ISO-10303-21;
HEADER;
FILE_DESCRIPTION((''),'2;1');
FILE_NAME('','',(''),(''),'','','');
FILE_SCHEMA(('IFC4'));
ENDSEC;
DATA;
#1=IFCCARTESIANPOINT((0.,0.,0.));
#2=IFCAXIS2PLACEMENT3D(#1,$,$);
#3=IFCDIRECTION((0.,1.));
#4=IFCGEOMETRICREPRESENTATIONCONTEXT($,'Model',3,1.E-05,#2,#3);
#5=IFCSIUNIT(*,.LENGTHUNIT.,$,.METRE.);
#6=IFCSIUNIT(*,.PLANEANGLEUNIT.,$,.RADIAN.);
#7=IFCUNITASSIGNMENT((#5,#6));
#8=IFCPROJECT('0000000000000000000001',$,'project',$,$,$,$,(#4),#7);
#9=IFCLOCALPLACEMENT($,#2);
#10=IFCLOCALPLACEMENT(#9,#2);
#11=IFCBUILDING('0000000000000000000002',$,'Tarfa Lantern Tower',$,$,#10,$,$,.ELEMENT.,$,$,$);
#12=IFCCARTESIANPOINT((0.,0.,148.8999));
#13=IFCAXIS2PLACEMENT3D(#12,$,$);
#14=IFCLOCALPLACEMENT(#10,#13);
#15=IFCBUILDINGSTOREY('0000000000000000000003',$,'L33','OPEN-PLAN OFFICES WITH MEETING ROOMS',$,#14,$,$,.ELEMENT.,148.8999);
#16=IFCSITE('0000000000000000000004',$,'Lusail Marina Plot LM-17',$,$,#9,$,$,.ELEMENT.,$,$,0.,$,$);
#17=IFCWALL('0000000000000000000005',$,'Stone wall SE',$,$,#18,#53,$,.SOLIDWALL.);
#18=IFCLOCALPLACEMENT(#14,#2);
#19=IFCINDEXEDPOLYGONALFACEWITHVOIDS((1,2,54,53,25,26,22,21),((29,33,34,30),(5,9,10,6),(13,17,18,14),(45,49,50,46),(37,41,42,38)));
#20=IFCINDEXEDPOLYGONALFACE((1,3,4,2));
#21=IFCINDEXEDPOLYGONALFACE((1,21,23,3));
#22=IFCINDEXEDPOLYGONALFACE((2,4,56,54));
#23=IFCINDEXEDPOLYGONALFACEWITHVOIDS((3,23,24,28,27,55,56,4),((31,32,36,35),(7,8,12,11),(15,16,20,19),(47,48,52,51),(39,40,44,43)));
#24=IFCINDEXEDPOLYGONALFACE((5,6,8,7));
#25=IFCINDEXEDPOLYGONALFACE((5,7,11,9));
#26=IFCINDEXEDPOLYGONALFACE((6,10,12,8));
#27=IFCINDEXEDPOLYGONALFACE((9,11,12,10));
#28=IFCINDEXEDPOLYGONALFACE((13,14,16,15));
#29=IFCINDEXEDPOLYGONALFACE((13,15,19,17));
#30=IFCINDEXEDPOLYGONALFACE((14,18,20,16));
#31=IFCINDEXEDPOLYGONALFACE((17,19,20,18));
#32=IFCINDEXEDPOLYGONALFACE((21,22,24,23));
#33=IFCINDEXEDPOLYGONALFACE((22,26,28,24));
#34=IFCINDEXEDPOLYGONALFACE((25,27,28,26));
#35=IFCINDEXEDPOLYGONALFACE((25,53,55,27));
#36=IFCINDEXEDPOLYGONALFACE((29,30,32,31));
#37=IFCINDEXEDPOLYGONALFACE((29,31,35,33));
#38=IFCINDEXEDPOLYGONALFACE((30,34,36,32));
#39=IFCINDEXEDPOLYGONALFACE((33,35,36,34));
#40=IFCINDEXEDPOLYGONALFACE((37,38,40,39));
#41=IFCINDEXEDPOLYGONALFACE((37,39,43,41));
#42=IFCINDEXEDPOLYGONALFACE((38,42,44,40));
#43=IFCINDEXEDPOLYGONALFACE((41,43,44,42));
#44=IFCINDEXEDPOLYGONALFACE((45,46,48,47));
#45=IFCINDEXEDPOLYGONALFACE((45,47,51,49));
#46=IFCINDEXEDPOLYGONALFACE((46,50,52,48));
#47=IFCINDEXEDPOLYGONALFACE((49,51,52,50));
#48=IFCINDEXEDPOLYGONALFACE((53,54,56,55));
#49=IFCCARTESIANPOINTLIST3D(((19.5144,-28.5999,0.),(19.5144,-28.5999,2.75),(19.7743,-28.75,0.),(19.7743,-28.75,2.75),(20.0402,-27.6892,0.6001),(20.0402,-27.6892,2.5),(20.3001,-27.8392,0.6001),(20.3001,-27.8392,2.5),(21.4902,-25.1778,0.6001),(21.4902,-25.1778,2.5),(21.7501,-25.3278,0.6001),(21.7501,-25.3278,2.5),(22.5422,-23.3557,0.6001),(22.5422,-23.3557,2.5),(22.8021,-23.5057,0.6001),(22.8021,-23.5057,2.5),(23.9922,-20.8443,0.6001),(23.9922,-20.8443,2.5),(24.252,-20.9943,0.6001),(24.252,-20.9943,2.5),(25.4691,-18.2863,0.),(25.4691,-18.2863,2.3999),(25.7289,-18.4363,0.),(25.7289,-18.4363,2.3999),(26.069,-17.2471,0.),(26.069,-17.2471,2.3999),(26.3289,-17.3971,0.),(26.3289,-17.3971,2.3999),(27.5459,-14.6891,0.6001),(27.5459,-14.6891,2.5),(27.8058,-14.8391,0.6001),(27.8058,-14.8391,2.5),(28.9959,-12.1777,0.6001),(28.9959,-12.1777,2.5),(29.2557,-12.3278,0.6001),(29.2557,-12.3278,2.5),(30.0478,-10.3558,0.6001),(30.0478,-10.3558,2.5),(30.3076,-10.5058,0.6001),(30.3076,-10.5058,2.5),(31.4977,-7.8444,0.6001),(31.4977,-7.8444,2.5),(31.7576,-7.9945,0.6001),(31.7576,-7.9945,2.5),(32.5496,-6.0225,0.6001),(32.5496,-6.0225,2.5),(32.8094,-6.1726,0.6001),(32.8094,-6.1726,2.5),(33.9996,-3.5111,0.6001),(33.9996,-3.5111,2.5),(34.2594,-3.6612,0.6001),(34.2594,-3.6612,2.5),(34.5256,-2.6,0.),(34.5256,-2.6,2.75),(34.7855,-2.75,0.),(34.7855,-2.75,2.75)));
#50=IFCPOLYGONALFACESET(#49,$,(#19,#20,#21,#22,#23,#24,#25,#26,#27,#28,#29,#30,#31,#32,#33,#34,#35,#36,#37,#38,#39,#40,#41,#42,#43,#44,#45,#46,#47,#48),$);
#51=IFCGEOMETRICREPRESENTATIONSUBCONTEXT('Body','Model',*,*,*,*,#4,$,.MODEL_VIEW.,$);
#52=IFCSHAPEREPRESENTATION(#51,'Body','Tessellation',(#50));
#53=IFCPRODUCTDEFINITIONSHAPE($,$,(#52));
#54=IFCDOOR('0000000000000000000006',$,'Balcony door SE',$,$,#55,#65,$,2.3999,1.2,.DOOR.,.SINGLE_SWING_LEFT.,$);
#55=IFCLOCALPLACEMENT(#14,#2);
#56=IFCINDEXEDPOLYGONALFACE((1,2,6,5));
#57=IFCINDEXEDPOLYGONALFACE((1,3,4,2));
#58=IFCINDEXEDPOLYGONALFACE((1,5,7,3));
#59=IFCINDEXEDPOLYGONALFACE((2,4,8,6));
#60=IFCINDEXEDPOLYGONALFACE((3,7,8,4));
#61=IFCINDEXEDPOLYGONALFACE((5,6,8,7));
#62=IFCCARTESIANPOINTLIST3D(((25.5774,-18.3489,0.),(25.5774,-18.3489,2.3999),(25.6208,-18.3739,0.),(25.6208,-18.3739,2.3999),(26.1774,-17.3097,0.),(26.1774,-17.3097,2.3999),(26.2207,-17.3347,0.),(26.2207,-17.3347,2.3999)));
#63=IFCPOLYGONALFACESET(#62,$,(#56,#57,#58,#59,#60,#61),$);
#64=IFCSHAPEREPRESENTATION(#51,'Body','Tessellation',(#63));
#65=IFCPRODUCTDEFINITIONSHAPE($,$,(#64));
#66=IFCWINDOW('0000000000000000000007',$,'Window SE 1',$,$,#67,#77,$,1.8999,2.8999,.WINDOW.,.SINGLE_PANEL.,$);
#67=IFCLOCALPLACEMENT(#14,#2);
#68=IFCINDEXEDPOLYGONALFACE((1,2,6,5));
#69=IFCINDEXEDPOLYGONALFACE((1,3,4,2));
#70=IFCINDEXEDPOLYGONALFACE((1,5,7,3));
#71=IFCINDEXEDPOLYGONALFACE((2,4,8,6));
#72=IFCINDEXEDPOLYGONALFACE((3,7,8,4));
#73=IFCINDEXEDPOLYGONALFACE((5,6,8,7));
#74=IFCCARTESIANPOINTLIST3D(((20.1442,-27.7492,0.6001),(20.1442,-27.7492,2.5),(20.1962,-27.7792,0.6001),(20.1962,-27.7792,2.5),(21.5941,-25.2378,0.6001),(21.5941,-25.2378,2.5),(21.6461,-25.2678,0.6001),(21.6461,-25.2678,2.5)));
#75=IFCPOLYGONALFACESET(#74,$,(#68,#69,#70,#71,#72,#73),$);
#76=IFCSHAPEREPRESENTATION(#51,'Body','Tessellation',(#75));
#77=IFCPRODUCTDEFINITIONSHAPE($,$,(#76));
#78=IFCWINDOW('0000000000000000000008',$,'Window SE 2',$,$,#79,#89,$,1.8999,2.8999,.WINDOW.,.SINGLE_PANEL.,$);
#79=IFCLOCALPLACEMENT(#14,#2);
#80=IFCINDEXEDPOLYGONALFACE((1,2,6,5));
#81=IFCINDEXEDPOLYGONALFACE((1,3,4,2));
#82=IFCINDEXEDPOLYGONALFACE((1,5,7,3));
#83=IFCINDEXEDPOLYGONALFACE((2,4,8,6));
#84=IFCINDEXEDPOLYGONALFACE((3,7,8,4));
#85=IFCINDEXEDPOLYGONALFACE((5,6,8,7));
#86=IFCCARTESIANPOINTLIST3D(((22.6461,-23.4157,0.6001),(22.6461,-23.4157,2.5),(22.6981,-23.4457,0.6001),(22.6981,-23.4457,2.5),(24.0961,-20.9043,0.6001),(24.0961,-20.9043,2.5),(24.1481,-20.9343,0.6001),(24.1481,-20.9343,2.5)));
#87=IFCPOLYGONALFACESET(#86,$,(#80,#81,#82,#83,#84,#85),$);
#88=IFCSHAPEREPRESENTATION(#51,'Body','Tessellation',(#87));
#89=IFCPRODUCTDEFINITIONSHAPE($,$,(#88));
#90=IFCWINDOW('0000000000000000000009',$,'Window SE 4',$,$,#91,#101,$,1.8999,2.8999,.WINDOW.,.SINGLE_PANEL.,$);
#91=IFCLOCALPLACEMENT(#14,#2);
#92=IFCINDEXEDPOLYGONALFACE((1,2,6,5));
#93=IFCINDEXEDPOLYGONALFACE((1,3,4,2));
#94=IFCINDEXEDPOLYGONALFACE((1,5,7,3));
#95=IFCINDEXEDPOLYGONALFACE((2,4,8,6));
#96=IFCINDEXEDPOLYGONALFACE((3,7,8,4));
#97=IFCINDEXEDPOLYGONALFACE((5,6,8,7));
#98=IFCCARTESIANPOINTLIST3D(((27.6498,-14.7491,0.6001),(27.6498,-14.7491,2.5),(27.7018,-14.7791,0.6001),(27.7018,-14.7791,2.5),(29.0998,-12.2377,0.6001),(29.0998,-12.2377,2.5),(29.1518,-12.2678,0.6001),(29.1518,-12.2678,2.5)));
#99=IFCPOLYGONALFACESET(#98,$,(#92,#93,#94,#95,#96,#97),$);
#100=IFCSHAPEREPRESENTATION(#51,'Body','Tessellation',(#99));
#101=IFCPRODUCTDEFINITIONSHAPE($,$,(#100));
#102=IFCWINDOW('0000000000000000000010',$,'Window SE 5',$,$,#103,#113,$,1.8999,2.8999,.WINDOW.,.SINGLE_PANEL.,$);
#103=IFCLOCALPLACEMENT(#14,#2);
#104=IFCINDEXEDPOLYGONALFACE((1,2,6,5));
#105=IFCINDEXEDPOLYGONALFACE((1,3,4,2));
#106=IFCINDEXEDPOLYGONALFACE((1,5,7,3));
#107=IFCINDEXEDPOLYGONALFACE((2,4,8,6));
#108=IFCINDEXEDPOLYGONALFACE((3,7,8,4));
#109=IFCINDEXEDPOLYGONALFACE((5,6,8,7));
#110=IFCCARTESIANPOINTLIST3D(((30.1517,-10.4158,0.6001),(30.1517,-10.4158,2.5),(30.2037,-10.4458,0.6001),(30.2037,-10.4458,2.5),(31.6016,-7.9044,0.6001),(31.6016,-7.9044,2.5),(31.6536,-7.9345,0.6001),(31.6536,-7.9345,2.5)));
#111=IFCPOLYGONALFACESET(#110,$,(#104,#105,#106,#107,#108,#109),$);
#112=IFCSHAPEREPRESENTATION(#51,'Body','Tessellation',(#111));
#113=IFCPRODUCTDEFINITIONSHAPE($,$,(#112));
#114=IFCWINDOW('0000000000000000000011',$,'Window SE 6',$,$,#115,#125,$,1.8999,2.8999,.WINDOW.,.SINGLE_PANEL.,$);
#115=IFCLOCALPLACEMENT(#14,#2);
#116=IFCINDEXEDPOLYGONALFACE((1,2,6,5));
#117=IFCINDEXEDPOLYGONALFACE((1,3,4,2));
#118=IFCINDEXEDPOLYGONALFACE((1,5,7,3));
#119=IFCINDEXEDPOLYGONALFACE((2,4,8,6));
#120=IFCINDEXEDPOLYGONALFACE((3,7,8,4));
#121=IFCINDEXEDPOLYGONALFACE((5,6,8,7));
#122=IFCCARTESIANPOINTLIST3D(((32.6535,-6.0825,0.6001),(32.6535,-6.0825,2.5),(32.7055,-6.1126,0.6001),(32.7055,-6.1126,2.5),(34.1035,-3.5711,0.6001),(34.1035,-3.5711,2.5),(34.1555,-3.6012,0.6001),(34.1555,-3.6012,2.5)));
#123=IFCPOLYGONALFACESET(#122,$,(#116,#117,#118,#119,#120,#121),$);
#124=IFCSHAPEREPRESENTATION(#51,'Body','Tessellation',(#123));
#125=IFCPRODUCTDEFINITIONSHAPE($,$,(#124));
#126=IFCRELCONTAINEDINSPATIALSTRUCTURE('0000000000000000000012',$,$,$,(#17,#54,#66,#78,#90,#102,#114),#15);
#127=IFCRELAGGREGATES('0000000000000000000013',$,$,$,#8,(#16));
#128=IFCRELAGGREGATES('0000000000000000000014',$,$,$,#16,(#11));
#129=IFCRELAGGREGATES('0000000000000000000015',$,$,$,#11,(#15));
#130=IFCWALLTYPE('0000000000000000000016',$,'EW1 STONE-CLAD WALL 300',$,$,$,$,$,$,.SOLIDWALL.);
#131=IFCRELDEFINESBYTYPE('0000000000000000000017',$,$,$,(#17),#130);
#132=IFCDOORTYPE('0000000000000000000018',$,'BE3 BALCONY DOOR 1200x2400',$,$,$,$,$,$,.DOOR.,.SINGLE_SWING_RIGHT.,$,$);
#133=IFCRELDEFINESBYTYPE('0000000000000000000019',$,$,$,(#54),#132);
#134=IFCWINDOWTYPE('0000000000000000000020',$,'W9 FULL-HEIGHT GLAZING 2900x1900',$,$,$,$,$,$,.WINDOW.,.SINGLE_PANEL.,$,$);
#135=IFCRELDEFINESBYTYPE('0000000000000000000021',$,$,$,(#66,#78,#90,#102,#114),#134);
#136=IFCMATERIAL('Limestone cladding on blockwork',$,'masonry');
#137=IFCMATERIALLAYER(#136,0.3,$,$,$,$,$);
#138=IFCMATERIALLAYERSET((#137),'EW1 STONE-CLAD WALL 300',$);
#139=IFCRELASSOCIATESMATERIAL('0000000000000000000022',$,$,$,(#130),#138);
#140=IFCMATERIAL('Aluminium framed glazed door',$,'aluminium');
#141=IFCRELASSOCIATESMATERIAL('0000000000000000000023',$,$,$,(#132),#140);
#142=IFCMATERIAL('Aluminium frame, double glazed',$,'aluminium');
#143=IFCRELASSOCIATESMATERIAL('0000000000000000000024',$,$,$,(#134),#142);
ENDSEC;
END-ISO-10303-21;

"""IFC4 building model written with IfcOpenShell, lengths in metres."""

from ifc_helpers import new_model, si_unit, direction, frame, frame_2d, origin, place, context, subcontext, project, spatial, rectangle, extrude, material, layer, layer_set, type_object, element, fill, save


model = new_model("IFC4")

# Units and contexts
model_context = context("Model", 3, precision=1e-05, world=origin(), true_north=direction((0.0, 1.0)))
body_context = subcontext(model_context, "Body", "Model", "MODEL_VIEW")
ifc_project = project(units=[si_unit("LENGTHUNIT", "METRE"), si_unit("PLANEANGLEUNIT", "RADIAN")], contexts=[model_context])

# Site, building, storey
site_placement = place(None, origin())
site = spatial("IfcSite", under=ifc_project, at=site_placement, Name="Lusail Marina Plot LM-17", CompositionType="ELEMENT", RefElevation=0.0)
building_placement = place(site_placement, origin())
building = spatial("IfcBuilding", under=site, at=building_placement, Name="Tarfa Lantern Tower", CompositionType="ELEMENT")
storey_placement = place(building_placement, frame((0.0, 0.0, 148.8999)))
storey = spatial("IfcBuildingStorey", under=building, at=storey_placement, Name="L33", Description="OPEN-PLAN OFFICES WITH MEETING ROOMS", CompositionType="ELEMENT", Elevation=148.8999)

# Wall, openings, door, windows
ifc_material_1 = material(Name="Limestone cladding on blockwork", Category="masonry")
ifc_layer = layer(ifc_material_1, 0.3)
ifc_layer_set = layer_set([ifc_layer], Name="EW1 STONE-CLAD WALL 300")
wall_type = type_object("IfcWallType", Name="EW1 STONE-CLAD WALL 300", PredefinedType="SOLIDWALL", material=ifc_layer_set)
wall_placement = place(storey_placement, frame((19.6443, -28.675, 0.0), z_axis=(0.0, 0.0, 1.0), x_axis=(0.500003, 0.866024, 0.0)))
wall = element("IfcWall", 1, at=wall_placement, inside=storey, type_object=wall_type, Name="Stone wall SE", PredefinedType="SOLIDWALL", context=body_context, shape_type="SweptSolid", body=[
    extrude(rectangle(XDim=30.0222, YDim=0.3, at=frame_2d((15.0112, 0.0))), origin(), (0.0, 0.0, 1.0), 2.75),
])
opening_1_placement = place(wall_placement, frame((1.0518, 0.0, 0.6001)))
opening_1 = element("IfcOpeningElement", 2, at=opening_1_placement, cuts=wall, PredefinedType="OPENING", context=body_context, shape_type="SweptSolid", body=[
    extrude(rectangle(XDim=2.8999, YDim=1.8999, at=frame_2d((1.45, 0.95))), frame((0.0, 0.1599, 0.0), z_axis=(0.0, -1.0, 0.0), x_axis=(1.0, 0.0, 0.0)), (0.0, 0.0, 1.0), 0.3201),
])
opening_2_placement = place(wall_placement, frame((6.0557, 0.0, 0.6001)))
opening_2 = element("IfcOpeningElement", 3, at=opening_2_placement, cuts=wall, PredefinedType="OPENING", context=body_context, shape_type="SweptSolid", body=[
    extrude(rectangle(XDim=2.8999, YDim=1.8999, at=frame_2d((1.45, 0.95))), frame((0.0, 0.1599, 0.0), z_axis=(0.0, -1.0, 0.0), x_axis=(1.0, 0.0, 0.0)), (0.0, 0.0, 1.0), 0.3201),
])
opening_3_placement = place(wall_placement, frame((11.9092, 0.0, 0.0)))
opening_3 = element("IfcOpeningElement", 4, at=opening_3_placement, cuts=wall, PredefinedType="OPENING", context=body_context, shape_type="SweptSolid", body=[
    extrude(rectangle(XDim=1.2, YDim=2.3999, at=frame_2d((0.6001, 1.2))), frame((0.0, 0.1599, 0.0), z_axis=(0.0, -1.0, 0.0), x_axis=(1.0, 0.0, 0.0)), (0.0, 0.0, 1.0), 0.3201),
])
opening_4_placement = place(wall_placement, frame((16.063, 0.0, 0.6001)))
opening_4 = element("IfcOpeningElement", 5, at=opening_4_placement, cuts=wall, PredefinedType="OPENING", context=body_context, shape_type="SweptSolid", body=[
    extrude(rectangle(XDim=2.8999, YDim=1.8999, at=frame_2d((1.45, 0.95))), frame((0.0, 0.1599, 0.0), z_axis=(0.0, -1.0, 0.0), x_axis=(1.0, 0.0, 0.0)), (0.0, 0.0, 1.0), 0.3201),
])
opening_5_placement = place(wall_placement, frame((21.0667, 0.0, 0.6001)))
opening_5 = element("IfcOpeningElement", 6, at=opening_5_placement, cuts=wall, PredefinedType="OPENING", context=body_context, shape_type="SweptSolid", body=[
    extrude(rectangle(XDim=2.8999, YDim=1.8999, at=frame_2d((1.45, 0.95))), frame((0.0, 0.1599, 0.0), z_axis=(0.0, -1.0, 0.0), x_axis=(1.0, 0.0, 0.0)), (0.0, 0.0, 1.0), 0.3201),
])
opening_6_placement = place(wall_placement, frame((26.0703, 0.0, 0.6001)))
opening_6 = element("IfcOpeningElement", 7, at=opening_6_placement, cuts=wall, PredefinedType="OPENING", context=body_context, shape_type="SweptSolid", body=[
    extrude(rectangle(XDim=2.8999, YDim=1.8999, at=frame_2d((1.45, 0.95))), frame((0.0, 0.1599, 0.0), z_axis=(0.0, -1.0, 0.0), x_axis=(1.0, 0.0, 0.0)), (0.0, 0.0, 1.0), 0.3201),
])
ifc_material_2 = material(Name="Aluminium framed glazed door", Category="aluminium")
door_type = type_object("IfcDoorType", Name="BE3 BALCONY DOOR 1200x2400", OperationType="SINGLE_SWING_RIGHT", PredefinedType="DOOR", material=ifc_material_2)
door_placement = place(opening_3_placement, origin())
door = element("IfcDoor", 8, at=door_placement, inside=storey, type_object=door_type, Name="Balcony door SE", OperationType="SINGLE_SWING_LEFT", OverallHeight=2.3999, OverallWidth=1.2, PredefinedType="DOOR", context=body_context, shape_type="SweptSolid", body=[
    extrude(rectangle(XDim=1.2, YDim=2.3999, at=frame_2d((0.6001, 1.2))), frame((0.0, 0.0249, 0.0), z_axis=(0.0, -1.0, 0.0), x_axis=(1.0, 0.0, 0.0)), (0.0, 0.0, 1.0), 0.05),
])
fill(opening_3, door)
ifc_material_3 = material(Name="Aluminium frame, double glazed", Category="aluminium")
window_type = type_object("IfcWindowType", Name="W9 FULL-HEIGHT GLAZING 2900x1900", PartitioningType="SINGLE_PANEL", PredefinedType="WINDOW", material=ifc_material_3)
window_1_placement = place(opening_1_placement, origin())
window_1 = element("IfcWindow", 9, at=window_1_placement, inside=storey, type_object=window_type, Name="Window SE 1", OverallHeight=1.8999, OverallWidth=2.8999, PartitioningType="SINGLE_PANEL", PredefinedType="WINDOW", context=body_context, shape_type="SweptSolid", body=[
    extrude(rectangle(XDim=2.8999, YDim=1.8999, at=frame_2d((1.45, 0.95))), frame((0.0, 0.03, 0.0), z_axis=(0.0, -1.0, 0.0), x_axis=(1.0, 0.0, 0.0)), (0.0, 0.0, 1.0), 0.0601),
])
fill(opening_1, window_1)
window_2_placement = place(opening_2_placement, origin())
window_2 = element("IfcWindow", 10, at=window_2_placement, inside=storey, type_object=window_type, Name="Window SE 2", OverallHeight=1.8999, OverallWidth=2.8999, PartitioningType="SINGLE_PANEL", PredefinedType="WINDOW", context=body_context, shape_type="SweptSolid", body=[
    extrude(rectangle(XDim=2.8999, YDim=1.8999, at=frame_2d((1.45, 0.95))), frame((0.0, 0.03, 0.0), z_axis=(0.0, -1.0, 0.0), x_axis=(1.0, 0.0, 0.0)), (0.0, 0.0, 1.0), 0.0601),
])
fill(opening_2, window_2)
window_3_placement = place(opening_4_placement, origin())
window_3 = element("IfcWindow", 11, at=window_3_placement, inside=storey, type_object=window_type, Name="Window SE 4", OverallHeight=1.8999, OverallWidth=2.8999, PartitioningType="SINGLE_PANEL", PredefinedType="WINDOW", context=body_context, shape_type="SweptSolid", body=[
    extrude(rectangle(XDim=2.8999, YDim=1.8999, at=frame_2d((1.45, 0.95))), frame((0.0, 0.03, 0.0), z_axis=(0.0, -1.0, 0.0), x_axis=(1.0, 0.0, 0.0)), (0.0, 0.0, 1.0), 0.0601),
])
fill(opening_4, window_3)
window_4_placement = place(opening_5_placement, origin())
window_4 = element("IfcWindow", 12, at=window_4_placement, inside=storey, type_object=window_type, Name="Window SE 5", OverallHeight=1.8999, OverallWidth=2.8999, PartitioningType="SINGLE_PANEL", PredefinedType="WINDOW", context=body_context, shape_type="SweptSolid", body=[
    extrude(rectangle(XDim=2.8999, YDim=1.8999, at=frame_2d((1.45, 0.95))), frame((0.0, 0.03, 0.0), z_axis=(0.0, -1.0, 0.0), x_axis=(1.0, 0.0, 0.0)), (0.0, 0.0, 1.0), 0.0601),
])
fill(opening_5, window_4)
window_5_placement = place(opening_6_placement, origin())
window_5 = element("IfcWindow", 13, at=window_5_placement, inside=storey, type_object=window_type, Name="Window SE 6", OverallHeight=1.8999, OverallWidth=2.8999, PartitioningType="SINGLE_PANEL", PredefinedType="WINDOW", context=body_context, shape_type="SweptSolid", body=[
    extrude(rectangle(XDim=2.8999, YDim=1.8999, at=frame_2d((1.45, 0.95))), frame((0.0, 0.03, 0.0), z_axis=(0.0, -1.0, 0.0), x_axis=(1.0, 0.0, 0.0)), (0.0, 0.0, 1.0), 0.0601),
])
fill(opening_6, window_5)

save(model, "model.ifc")
